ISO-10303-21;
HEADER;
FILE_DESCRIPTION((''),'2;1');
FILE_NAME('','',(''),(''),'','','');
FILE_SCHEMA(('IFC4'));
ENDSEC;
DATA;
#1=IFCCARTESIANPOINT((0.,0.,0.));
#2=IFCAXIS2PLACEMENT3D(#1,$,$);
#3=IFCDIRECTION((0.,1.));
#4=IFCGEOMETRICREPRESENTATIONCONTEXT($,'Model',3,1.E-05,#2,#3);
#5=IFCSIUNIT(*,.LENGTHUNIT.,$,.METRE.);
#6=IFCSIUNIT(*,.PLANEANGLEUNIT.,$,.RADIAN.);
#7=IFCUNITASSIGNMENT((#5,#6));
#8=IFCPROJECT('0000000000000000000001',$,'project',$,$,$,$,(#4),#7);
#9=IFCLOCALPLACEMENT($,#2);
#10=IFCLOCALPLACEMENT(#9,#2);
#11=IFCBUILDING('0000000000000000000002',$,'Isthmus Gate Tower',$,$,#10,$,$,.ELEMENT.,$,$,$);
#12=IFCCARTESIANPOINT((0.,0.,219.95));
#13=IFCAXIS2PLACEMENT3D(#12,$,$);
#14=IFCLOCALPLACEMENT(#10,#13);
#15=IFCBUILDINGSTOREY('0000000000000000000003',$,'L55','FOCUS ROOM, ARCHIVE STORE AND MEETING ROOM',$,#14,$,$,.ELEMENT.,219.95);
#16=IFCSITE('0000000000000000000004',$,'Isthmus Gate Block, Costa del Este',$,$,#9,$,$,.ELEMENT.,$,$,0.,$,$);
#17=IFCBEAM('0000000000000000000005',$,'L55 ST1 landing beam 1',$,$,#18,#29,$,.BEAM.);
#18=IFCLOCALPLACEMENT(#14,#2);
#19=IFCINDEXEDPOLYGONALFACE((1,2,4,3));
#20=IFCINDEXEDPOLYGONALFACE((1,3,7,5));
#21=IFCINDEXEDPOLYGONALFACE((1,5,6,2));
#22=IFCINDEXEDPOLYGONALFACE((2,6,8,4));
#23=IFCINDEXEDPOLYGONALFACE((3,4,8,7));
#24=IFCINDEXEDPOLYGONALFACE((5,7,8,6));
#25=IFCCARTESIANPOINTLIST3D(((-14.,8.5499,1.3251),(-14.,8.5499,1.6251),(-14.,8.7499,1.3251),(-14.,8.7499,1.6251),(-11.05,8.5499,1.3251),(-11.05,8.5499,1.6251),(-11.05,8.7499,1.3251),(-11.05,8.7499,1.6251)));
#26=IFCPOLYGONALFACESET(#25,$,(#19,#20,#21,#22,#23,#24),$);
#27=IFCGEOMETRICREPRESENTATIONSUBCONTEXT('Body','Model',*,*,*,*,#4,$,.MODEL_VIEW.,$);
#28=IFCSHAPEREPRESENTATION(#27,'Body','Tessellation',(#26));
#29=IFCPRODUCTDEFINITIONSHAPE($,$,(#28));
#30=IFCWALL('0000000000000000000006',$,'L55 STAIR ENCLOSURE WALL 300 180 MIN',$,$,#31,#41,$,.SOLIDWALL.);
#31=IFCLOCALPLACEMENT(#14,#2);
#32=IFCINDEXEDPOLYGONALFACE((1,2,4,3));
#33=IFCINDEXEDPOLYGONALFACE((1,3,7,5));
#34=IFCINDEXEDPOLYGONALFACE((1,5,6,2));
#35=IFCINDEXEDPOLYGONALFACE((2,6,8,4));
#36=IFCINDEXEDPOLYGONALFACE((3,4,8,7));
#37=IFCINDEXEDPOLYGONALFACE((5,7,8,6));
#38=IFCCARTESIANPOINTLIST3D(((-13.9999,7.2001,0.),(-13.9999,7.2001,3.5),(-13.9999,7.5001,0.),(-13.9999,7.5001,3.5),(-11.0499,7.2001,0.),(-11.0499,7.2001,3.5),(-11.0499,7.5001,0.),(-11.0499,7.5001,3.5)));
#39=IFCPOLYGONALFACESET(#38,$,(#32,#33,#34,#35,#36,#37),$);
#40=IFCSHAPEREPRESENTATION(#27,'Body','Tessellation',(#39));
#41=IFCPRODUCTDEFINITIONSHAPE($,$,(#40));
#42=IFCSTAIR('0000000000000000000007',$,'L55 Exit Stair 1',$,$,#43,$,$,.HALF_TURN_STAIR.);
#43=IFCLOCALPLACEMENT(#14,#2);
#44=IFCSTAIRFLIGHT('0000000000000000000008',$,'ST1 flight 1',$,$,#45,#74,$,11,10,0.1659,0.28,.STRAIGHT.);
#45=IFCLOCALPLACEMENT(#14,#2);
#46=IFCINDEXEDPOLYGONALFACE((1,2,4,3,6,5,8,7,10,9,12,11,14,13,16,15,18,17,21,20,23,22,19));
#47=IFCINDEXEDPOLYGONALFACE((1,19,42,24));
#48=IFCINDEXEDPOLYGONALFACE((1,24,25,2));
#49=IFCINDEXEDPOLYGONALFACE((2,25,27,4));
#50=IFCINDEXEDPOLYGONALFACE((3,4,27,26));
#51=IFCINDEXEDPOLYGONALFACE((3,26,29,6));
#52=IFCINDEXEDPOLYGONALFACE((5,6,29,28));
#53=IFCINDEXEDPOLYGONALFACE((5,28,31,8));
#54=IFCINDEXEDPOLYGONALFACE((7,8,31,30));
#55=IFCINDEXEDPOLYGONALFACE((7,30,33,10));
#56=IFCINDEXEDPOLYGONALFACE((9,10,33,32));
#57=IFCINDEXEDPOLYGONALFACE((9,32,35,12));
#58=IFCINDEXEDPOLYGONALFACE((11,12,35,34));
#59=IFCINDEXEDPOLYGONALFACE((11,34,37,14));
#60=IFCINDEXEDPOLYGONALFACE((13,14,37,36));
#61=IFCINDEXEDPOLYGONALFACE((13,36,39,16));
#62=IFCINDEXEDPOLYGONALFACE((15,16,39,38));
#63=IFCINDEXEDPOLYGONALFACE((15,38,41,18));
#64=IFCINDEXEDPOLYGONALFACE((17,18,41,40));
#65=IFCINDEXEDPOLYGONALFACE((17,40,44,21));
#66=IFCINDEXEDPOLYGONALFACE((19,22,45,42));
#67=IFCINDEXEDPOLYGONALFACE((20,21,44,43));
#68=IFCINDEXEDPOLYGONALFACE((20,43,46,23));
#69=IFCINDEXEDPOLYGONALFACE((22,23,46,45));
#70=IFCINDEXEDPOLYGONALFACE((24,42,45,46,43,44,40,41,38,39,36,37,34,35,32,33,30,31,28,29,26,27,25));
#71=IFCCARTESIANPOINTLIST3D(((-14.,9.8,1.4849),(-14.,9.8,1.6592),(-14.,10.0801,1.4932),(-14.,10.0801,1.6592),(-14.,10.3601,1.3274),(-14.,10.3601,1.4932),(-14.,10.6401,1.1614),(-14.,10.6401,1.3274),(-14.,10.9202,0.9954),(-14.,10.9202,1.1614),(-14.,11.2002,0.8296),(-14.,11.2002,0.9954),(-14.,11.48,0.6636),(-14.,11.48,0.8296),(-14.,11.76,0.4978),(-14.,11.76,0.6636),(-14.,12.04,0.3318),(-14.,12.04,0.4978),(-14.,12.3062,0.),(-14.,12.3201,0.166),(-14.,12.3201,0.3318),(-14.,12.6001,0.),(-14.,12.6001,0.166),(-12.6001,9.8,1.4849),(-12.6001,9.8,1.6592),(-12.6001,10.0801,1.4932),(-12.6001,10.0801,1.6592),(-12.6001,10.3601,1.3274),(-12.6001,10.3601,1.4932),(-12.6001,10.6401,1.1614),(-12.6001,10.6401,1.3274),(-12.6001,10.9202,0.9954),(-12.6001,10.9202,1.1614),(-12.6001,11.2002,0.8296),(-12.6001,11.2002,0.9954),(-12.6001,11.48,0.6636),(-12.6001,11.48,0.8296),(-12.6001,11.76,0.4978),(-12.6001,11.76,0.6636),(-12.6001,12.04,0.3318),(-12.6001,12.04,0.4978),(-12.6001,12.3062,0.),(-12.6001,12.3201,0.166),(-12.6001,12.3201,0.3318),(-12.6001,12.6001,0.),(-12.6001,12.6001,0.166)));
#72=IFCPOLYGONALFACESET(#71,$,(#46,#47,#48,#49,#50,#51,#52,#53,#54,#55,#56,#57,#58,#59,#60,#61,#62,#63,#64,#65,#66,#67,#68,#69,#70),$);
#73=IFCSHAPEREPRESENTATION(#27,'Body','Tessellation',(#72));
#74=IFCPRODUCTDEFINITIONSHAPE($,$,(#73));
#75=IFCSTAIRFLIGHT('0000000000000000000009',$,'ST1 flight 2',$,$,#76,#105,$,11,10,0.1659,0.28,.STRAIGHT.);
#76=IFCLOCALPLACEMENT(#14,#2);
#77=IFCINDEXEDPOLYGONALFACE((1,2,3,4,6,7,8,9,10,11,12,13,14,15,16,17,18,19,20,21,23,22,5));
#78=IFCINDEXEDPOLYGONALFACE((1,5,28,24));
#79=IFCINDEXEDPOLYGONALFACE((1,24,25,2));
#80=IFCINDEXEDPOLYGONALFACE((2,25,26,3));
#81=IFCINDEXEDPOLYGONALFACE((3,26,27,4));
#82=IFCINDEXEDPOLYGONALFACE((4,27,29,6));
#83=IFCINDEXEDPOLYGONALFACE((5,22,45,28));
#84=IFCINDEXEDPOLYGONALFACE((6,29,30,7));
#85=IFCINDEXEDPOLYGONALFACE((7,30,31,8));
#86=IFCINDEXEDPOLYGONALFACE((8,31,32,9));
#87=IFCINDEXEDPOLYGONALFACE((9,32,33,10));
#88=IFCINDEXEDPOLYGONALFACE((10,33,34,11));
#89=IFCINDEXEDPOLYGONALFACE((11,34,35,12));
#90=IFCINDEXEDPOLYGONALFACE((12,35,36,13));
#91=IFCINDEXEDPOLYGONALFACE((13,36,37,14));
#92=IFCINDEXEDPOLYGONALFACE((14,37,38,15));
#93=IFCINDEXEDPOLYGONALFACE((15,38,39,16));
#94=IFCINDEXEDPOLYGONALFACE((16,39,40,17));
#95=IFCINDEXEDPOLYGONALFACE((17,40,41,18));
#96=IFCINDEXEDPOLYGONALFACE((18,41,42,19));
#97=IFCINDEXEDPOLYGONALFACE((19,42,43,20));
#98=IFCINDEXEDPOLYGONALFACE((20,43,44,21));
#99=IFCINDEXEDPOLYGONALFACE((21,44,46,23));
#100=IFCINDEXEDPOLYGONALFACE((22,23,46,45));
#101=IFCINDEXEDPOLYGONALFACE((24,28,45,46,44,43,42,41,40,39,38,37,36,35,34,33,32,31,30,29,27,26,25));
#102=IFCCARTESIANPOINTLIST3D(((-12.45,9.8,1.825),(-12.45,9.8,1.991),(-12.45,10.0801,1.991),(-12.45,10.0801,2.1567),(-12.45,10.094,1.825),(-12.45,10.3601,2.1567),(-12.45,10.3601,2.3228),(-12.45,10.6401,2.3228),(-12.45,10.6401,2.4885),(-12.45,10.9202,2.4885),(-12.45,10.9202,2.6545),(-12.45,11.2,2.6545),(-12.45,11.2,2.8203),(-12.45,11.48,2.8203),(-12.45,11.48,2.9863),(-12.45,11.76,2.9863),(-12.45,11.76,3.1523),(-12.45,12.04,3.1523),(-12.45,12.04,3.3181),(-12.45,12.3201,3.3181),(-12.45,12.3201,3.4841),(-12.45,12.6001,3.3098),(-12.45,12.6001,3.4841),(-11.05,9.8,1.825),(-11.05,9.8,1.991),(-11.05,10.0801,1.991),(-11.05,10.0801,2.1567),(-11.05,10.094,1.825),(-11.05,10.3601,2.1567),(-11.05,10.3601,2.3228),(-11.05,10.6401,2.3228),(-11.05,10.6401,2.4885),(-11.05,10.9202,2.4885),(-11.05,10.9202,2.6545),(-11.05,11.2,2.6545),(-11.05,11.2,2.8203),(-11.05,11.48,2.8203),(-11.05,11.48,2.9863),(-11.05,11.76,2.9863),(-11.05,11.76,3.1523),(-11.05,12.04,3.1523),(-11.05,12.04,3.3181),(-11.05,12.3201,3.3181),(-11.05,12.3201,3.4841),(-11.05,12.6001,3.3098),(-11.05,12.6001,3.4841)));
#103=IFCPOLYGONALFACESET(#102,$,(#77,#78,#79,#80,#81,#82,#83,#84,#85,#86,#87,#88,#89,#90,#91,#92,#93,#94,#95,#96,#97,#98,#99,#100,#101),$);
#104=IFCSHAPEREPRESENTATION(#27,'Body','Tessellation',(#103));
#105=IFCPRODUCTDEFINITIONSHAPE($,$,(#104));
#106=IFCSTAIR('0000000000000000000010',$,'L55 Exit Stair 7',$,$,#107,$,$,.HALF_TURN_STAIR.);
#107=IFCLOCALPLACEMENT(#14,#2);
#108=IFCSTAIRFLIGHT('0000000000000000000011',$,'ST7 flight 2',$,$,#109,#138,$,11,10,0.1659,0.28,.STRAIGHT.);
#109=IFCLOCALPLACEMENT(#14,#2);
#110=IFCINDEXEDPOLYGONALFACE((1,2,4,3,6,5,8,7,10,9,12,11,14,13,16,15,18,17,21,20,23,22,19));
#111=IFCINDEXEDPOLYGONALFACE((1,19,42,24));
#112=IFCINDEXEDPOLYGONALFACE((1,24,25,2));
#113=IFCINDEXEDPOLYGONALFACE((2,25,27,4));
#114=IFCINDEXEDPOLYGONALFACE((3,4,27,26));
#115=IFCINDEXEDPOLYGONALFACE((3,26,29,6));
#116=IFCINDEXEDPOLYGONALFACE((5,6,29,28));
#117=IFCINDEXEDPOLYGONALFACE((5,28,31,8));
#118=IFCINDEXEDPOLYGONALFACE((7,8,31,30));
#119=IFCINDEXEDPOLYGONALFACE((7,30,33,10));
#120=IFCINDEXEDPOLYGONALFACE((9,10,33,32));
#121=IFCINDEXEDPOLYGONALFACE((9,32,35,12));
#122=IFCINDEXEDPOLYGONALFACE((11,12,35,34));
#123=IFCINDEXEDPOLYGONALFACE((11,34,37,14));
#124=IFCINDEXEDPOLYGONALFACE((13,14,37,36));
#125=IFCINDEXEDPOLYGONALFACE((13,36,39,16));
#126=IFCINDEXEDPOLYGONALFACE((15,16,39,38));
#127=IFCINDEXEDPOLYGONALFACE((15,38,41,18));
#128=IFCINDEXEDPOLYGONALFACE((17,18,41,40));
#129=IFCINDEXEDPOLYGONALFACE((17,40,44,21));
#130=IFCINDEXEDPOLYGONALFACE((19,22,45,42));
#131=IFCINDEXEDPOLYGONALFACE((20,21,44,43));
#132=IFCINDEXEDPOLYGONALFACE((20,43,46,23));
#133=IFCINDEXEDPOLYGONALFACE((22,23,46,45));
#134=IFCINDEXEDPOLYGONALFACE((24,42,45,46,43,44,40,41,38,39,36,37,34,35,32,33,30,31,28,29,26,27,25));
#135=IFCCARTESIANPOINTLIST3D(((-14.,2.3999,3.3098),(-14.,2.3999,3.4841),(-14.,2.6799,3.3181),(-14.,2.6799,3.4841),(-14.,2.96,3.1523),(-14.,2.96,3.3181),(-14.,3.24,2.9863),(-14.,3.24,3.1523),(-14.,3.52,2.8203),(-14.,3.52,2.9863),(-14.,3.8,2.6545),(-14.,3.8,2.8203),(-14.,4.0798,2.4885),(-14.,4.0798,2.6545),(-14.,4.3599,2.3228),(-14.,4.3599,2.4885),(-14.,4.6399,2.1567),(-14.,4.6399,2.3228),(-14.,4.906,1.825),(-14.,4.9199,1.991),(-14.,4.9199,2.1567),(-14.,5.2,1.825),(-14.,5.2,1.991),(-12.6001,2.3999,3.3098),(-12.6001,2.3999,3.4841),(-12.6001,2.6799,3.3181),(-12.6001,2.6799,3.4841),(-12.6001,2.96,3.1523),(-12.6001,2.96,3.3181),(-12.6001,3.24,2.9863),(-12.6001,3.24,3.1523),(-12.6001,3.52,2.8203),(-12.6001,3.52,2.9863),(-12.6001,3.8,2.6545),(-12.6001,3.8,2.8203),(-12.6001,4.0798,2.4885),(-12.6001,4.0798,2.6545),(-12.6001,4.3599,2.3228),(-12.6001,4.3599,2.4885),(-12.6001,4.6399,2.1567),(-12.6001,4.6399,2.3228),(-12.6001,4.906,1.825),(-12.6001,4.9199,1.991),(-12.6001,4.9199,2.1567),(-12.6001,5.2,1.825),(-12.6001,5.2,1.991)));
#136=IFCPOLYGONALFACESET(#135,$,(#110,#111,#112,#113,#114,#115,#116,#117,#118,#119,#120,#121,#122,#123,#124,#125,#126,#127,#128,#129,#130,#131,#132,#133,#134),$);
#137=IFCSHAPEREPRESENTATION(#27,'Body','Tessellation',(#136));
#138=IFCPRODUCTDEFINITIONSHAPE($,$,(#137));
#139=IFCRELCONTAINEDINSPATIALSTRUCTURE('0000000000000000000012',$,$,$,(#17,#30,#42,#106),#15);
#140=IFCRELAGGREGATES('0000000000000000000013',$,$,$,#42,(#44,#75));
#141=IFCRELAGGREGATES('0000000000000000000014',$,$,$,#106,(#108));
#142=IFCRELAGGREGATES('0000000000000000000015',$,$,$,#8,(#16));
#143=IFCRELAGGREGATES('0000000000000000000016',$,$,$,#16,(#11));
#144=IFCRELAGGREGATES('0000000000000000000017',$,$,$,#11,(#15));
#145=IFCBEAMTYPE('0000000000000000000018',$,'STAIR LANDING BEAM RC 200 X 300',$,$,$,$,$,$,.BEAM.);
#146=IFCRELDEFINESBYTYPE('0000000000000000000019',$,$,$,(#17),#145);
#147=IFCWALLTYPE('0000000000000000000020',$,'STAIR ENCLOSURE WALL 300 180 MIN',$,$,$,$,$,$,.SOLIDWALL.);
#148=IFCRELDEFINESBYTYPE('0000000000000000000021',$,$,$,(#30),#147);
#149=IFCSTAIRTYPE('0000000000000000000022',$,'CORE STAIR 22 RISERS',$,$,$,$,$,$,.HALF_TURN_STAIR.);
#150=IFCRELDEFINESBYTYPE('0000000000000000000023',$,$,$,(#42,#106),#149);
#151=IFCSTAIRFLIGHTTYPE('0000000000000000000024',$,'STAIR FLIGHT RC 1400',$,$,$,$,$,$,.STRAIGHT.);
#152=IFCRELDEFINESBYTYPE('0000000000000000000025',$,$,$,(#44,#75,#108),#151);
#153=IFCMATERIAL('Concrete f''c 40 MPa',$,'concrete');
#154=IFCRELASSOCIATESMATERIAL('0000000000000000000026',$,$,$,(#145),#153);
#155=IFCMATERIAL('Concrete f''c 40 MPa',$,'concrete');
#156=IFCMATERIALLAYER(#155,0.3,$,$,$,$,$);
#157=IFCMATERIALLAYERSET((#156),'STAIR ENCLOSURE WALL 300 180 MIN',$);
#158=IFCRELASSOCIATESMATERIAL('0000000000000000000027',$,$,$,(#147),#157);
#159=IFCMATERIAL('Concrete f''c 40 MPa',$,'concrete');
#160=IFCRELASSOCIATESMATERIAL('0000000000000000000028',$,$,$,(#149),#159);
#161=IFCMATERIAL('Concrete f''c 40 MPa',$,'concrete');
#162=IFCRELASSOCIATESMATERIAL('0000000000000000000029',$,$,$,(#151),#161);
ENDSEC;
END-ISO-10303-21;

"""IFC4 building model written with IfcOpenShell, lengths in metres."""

from ifc_helpers import new_model, si_unit, direction, frame, frame_2d, origin, origin_2d, place, context, subcontext, project, spatial, polyline, rectangle, outline, extrude, material, layer, layer_set, material_profile, profile_set, type_object, element, aggregate, save


model = new_model("IFC4")

# Units and contexts
model_context = context("Model", 3, precision=1e-05, world=origin(), true_north=direction((0.0, 1.0)))
body_context = subcontext(model_context, "Body", "Model", "MODEL_VIEW")
ifc_project = project(units=[si_unit("LENGTHUNIT", "METRE"), si_unit("PLANEANGLEUNIT", "RADIAN")], contexts=[model_context])

# Site, building, storey
site_placement = place(None, origin())
site = spatial("IfcSite", under=ifc_project, at=site_placement, Name="Isthmus Gate Block, Costa del Este", CompositionType="ELEMENT", RefElevation=0.0)
building_placement = place(site_placement, origin())
building = spatial("IfcBuilding", under=site, at=building_placement, Name="Isthmus Gate Tower", CompositionType="ELEMENT")
storey_placement = place(building_placement, frame((0.0, 0.0, 219.95)))
storey = spatial("IfcBuildingStorey", under=building, at=storey_placement, Name="L55", Description="FOCUS ROOM, ARCHIVE STORE AND MEETING ROOM", CompositionType="ELEMENT", Elevation=219.95)

# Beam
ifc_material_1 = material(Name="Concrete f'c 40 MPa", Category="concrete")
ifc_material_profile = material_profile(ifc_material_1, rectangle(XDim=0.2, YDim=0.3, at=origin_2d()), Name="STAIR LANDING BEAM RC 200 X 300")
ifc_profile_set = profile_set([ifc_material_profile], Name="Concrete f'c 40 MPa")
beam_type = type_object("IfcBeamType", Name="STAIR LANDING BEAM RC 200 X 300", PredefinedType="BEAM", material=ifc_profile_set)
beam_placement = place(storey_placement, frame((-14.0, 8.6499, 1.4751), z_axis=(1.0, 0.0, 0.0), x_axis=(0.0, 1.0, 0.0)))
element("IfcBeam", 1, at=beam_placement, inside=storey, type_object=beam_type, Name="L55 ST1 landing beam 1", PredefinedType="BEAM", context=body_context, shape_type="SweptSolid", body=[
    extrude(rectangle(XDim=0.2, YDim=0.3, at=origin_2d()), origin(), (0.0, 0.0, 1.0), 2.95),
])

# Wall
ifc_material_2 = material(Name="Concrete f'c 40 MPa", Category="concrete")
ifc_layer = layer(ifc_material_2, 0.3)
ifc_layer_set = layer_set([ifc_layer], Name="STAIR ENCLOSURE WALL 300 180 MIN")
wall_type = type_object("IfcWallType", Name="STAIR ENCLOSURE WALL 300 180 MIN", PredefinedType="SOLIDWALL", material=ifc_layer_set)
wall_placement = place(storey_placement, frame((-14.0, 7.3501, 0.0), z_axis=(0.0, 0.0, 1.0), x_axis=(1.0, 0.0, 0.0)))
element("IfcWall", 2, at=wall_placement, inside=storey, type_object=wall_type, Name="L55 STAIR ENCLOSURE WALL 300 180 MIN", PredefinedType="SOLIDWALL", context=body_context, shape_type="SweptSolid", body=[
    extrude(rectangle(XDim=2.95, YDim=0.3, at=frame_2d((1.4751, 0.0))), origin(), (0.0, 0.0, 1.0), 3.5),
])

# Stair, stair flights
ifc_material_3 = material(Name="Concrete f'c 40 MPa", Category="concrete")
stair_type = type_object("IfcStairType", Name="CORE STAIR 22 RISERS", PredefinedType="HALF_TURN_STAIR", material=ifc_material_3)
stair_1_placement = place(storey_placement, origin())
stair_1 = element("IfcStair", 3, at=stair_1_placement, inside=storey, type_object=stair_type, Name="L55 Exit Stair 1", PredefinedType="HALF_TURN_STAIR")
ifc_material_4 = material(Name="Concrete f'c 40 MPa", Category="concrete")
stair_flight_type = type_object("IfcStairFlightType", Name="STAIR FLIGHT RC 1400", PredefinedType="STRAIGHT", material=ifc_material_4)
stair_flight_1_placement = place(storey_placement, frame((-13.3, 12.6001, 0.0), z_axis=(0.0, 0.0, 1.0), x_axis=(0.0, -1.0, 0.0)))
stair_flight_1 = element("IfcStairFlight", 4, at=stair_flight_1_placement, type_object=stair_flight_type, Name="ST1 flight 1", NumberOfRisers=11, NumberOfTreads=10, PredefinedType="STRAIGHT", RiserHeight=0.1659, TreadLength=0.28, context=body_context, shape_type="SweptSolid", body=[
    extrude(outline(polyline([(0.0, 0.0), (0.0, 0.166), (0.28, 0.166), (0.28, 0.3318), (0.5601, 0.3318), (0.5601, 0.4978), (0.8401, 0.4978), (0.8401, 0.6636), (1.1201, 0.6636), (1.1201, 0.8296), (1.3999, 0.8296), (1.3999, 0.9954), (1.6799, 0.9954), (1.6799, 1.1614), (1.96, 1.1614), (1.96, 1.3274), (2.24, 1.3274), (2.24, 1.4932), (2.52, 1.4932), (2.52, 1.6592), (2.8, 1.6592), (2.8, 1.825), (2.8, 1.4849), (0.2939, 0.0), (0.0, 0.0)])), frame((0.0, 0.7, 0.0), z_axis=(0.0, -1.0, 0.0), x_axis=(1.0, 0.0, 0.0)), (0.0, 0.0, 1.0), 1.3999),
])
stair_flight_2_placement = place(storey_placement, frame((-11.75, 9.8, 1.825), z_axis=(0.0, 0.0, 1.0), x_axis=(0.0, 1.0, 0.0)))
stair_flight_2 = element("IfcStairFlight", 5, at=stair_flight_2_placement, type_object=stair_flight_type, Name="ST1 flight 2", NumberOfRisers=11, NumberOfTreads=10, PredefinedType="STRAIGHT", RiserHeight=0.1659, TreadLength=0.28, context=body_context, shape_type="SweptSolid", body=[
    extrude(outline(polyline([(0.0, 0.0), (0.0, 0.166), (0.28, 0.166), (0.28, 0.3318), (0.5601, 0.3318), (0.5601, 0.4978), (0.8401, 0.4978), (0.8401, 0.6636), (1.1201, 0.6636), (1.1201, 0.8296), (1.3999, 0.8296), (1.3999, 0.9954), (1.6799, 0.9954), (1.6799, 1.1614), (1.96, 1.1614), (1.96, 1.3274), (2.24, 1.3274), (2.24, 1.4932), (2.52, 1.4932), (2.52, 1.6592), (2.8, 1.6592), (2.8, 1.825), (2.8, 1.4849), (0.2939, 0.0), (0.0, 0.0)])), frame((0.0, 0.7, 0.0), z_axis=(0.0, -1.0, 0.0), x_axis=(1.0, 0.0, 0.0)), (0.0, 0.0, 1.0), 1.3999),
])
aggregate(stair_1, [stair_flight_1, stair_flight_2])

# Stair, stair flight
stair_2_placement = place(storey_placement, origin())
stair_2 = element("IfcStair", 6, at=stair_2_placement, inside=storey, type_object=stair_type, Name="L55 Exit Stair 7", PredefinedType="HALF_TURN_STAIR")
stair_flight_3_placement = place(storey_placement, frame((-13.3, 5.2, 1.825), z_axis=(0.0, 0.0, 1.0), x_axis=(0.0, -1.0, 0.0)))
stair_flight_3 = element("IfcStairFlight", 7, at=stair_flight_3_placement, type_object=stair_flight_type, Name="ST7 flight 2", NumberOfRisers=11, NumberOfTreads=10, PredefinedType="STRAIGHT", RiserHeight=0.1659, TreadLength=0.28, context=body_context, shape_type="SweptSolid", body=[
    extrude(outline(polyline([(0.0, 0.0), (0.0, 0.166), (0.28, 0.166), (0.28, 0.3318), (0.5601, 0.3318), (0.5601, 0.4978), (0.8401, 0.4978), (0.8401, 0.6636), (1.1201, 0.6636), (1.1201, 0.8296), (1.3999, 0.8296), (1.3999, 0.9954), (1.6799, 0.9954), (1.6799, 1.1614), (1.96, 1.1614), (1.96, 1.3274), (2.24, 1.3274), (2.24, 1.4932), (2.52, 1.4932), (2.52, 1.6592), (2.8, 1.6592), (2.8, 1.825), (2.8, 1.4849), (0.2939, 0.0), (0.0, 0.0)])), frame((0.0, 0.7, 0.0), z_axis=(0.0, -1.0, 0.0), x_axis=(1.0, 0.0, 0.0)), (0.0, 0.0, 1.0), 1.3999),
])
aggregate(stair_2, [stair_flight_3])

save(model, "model.ifc")
